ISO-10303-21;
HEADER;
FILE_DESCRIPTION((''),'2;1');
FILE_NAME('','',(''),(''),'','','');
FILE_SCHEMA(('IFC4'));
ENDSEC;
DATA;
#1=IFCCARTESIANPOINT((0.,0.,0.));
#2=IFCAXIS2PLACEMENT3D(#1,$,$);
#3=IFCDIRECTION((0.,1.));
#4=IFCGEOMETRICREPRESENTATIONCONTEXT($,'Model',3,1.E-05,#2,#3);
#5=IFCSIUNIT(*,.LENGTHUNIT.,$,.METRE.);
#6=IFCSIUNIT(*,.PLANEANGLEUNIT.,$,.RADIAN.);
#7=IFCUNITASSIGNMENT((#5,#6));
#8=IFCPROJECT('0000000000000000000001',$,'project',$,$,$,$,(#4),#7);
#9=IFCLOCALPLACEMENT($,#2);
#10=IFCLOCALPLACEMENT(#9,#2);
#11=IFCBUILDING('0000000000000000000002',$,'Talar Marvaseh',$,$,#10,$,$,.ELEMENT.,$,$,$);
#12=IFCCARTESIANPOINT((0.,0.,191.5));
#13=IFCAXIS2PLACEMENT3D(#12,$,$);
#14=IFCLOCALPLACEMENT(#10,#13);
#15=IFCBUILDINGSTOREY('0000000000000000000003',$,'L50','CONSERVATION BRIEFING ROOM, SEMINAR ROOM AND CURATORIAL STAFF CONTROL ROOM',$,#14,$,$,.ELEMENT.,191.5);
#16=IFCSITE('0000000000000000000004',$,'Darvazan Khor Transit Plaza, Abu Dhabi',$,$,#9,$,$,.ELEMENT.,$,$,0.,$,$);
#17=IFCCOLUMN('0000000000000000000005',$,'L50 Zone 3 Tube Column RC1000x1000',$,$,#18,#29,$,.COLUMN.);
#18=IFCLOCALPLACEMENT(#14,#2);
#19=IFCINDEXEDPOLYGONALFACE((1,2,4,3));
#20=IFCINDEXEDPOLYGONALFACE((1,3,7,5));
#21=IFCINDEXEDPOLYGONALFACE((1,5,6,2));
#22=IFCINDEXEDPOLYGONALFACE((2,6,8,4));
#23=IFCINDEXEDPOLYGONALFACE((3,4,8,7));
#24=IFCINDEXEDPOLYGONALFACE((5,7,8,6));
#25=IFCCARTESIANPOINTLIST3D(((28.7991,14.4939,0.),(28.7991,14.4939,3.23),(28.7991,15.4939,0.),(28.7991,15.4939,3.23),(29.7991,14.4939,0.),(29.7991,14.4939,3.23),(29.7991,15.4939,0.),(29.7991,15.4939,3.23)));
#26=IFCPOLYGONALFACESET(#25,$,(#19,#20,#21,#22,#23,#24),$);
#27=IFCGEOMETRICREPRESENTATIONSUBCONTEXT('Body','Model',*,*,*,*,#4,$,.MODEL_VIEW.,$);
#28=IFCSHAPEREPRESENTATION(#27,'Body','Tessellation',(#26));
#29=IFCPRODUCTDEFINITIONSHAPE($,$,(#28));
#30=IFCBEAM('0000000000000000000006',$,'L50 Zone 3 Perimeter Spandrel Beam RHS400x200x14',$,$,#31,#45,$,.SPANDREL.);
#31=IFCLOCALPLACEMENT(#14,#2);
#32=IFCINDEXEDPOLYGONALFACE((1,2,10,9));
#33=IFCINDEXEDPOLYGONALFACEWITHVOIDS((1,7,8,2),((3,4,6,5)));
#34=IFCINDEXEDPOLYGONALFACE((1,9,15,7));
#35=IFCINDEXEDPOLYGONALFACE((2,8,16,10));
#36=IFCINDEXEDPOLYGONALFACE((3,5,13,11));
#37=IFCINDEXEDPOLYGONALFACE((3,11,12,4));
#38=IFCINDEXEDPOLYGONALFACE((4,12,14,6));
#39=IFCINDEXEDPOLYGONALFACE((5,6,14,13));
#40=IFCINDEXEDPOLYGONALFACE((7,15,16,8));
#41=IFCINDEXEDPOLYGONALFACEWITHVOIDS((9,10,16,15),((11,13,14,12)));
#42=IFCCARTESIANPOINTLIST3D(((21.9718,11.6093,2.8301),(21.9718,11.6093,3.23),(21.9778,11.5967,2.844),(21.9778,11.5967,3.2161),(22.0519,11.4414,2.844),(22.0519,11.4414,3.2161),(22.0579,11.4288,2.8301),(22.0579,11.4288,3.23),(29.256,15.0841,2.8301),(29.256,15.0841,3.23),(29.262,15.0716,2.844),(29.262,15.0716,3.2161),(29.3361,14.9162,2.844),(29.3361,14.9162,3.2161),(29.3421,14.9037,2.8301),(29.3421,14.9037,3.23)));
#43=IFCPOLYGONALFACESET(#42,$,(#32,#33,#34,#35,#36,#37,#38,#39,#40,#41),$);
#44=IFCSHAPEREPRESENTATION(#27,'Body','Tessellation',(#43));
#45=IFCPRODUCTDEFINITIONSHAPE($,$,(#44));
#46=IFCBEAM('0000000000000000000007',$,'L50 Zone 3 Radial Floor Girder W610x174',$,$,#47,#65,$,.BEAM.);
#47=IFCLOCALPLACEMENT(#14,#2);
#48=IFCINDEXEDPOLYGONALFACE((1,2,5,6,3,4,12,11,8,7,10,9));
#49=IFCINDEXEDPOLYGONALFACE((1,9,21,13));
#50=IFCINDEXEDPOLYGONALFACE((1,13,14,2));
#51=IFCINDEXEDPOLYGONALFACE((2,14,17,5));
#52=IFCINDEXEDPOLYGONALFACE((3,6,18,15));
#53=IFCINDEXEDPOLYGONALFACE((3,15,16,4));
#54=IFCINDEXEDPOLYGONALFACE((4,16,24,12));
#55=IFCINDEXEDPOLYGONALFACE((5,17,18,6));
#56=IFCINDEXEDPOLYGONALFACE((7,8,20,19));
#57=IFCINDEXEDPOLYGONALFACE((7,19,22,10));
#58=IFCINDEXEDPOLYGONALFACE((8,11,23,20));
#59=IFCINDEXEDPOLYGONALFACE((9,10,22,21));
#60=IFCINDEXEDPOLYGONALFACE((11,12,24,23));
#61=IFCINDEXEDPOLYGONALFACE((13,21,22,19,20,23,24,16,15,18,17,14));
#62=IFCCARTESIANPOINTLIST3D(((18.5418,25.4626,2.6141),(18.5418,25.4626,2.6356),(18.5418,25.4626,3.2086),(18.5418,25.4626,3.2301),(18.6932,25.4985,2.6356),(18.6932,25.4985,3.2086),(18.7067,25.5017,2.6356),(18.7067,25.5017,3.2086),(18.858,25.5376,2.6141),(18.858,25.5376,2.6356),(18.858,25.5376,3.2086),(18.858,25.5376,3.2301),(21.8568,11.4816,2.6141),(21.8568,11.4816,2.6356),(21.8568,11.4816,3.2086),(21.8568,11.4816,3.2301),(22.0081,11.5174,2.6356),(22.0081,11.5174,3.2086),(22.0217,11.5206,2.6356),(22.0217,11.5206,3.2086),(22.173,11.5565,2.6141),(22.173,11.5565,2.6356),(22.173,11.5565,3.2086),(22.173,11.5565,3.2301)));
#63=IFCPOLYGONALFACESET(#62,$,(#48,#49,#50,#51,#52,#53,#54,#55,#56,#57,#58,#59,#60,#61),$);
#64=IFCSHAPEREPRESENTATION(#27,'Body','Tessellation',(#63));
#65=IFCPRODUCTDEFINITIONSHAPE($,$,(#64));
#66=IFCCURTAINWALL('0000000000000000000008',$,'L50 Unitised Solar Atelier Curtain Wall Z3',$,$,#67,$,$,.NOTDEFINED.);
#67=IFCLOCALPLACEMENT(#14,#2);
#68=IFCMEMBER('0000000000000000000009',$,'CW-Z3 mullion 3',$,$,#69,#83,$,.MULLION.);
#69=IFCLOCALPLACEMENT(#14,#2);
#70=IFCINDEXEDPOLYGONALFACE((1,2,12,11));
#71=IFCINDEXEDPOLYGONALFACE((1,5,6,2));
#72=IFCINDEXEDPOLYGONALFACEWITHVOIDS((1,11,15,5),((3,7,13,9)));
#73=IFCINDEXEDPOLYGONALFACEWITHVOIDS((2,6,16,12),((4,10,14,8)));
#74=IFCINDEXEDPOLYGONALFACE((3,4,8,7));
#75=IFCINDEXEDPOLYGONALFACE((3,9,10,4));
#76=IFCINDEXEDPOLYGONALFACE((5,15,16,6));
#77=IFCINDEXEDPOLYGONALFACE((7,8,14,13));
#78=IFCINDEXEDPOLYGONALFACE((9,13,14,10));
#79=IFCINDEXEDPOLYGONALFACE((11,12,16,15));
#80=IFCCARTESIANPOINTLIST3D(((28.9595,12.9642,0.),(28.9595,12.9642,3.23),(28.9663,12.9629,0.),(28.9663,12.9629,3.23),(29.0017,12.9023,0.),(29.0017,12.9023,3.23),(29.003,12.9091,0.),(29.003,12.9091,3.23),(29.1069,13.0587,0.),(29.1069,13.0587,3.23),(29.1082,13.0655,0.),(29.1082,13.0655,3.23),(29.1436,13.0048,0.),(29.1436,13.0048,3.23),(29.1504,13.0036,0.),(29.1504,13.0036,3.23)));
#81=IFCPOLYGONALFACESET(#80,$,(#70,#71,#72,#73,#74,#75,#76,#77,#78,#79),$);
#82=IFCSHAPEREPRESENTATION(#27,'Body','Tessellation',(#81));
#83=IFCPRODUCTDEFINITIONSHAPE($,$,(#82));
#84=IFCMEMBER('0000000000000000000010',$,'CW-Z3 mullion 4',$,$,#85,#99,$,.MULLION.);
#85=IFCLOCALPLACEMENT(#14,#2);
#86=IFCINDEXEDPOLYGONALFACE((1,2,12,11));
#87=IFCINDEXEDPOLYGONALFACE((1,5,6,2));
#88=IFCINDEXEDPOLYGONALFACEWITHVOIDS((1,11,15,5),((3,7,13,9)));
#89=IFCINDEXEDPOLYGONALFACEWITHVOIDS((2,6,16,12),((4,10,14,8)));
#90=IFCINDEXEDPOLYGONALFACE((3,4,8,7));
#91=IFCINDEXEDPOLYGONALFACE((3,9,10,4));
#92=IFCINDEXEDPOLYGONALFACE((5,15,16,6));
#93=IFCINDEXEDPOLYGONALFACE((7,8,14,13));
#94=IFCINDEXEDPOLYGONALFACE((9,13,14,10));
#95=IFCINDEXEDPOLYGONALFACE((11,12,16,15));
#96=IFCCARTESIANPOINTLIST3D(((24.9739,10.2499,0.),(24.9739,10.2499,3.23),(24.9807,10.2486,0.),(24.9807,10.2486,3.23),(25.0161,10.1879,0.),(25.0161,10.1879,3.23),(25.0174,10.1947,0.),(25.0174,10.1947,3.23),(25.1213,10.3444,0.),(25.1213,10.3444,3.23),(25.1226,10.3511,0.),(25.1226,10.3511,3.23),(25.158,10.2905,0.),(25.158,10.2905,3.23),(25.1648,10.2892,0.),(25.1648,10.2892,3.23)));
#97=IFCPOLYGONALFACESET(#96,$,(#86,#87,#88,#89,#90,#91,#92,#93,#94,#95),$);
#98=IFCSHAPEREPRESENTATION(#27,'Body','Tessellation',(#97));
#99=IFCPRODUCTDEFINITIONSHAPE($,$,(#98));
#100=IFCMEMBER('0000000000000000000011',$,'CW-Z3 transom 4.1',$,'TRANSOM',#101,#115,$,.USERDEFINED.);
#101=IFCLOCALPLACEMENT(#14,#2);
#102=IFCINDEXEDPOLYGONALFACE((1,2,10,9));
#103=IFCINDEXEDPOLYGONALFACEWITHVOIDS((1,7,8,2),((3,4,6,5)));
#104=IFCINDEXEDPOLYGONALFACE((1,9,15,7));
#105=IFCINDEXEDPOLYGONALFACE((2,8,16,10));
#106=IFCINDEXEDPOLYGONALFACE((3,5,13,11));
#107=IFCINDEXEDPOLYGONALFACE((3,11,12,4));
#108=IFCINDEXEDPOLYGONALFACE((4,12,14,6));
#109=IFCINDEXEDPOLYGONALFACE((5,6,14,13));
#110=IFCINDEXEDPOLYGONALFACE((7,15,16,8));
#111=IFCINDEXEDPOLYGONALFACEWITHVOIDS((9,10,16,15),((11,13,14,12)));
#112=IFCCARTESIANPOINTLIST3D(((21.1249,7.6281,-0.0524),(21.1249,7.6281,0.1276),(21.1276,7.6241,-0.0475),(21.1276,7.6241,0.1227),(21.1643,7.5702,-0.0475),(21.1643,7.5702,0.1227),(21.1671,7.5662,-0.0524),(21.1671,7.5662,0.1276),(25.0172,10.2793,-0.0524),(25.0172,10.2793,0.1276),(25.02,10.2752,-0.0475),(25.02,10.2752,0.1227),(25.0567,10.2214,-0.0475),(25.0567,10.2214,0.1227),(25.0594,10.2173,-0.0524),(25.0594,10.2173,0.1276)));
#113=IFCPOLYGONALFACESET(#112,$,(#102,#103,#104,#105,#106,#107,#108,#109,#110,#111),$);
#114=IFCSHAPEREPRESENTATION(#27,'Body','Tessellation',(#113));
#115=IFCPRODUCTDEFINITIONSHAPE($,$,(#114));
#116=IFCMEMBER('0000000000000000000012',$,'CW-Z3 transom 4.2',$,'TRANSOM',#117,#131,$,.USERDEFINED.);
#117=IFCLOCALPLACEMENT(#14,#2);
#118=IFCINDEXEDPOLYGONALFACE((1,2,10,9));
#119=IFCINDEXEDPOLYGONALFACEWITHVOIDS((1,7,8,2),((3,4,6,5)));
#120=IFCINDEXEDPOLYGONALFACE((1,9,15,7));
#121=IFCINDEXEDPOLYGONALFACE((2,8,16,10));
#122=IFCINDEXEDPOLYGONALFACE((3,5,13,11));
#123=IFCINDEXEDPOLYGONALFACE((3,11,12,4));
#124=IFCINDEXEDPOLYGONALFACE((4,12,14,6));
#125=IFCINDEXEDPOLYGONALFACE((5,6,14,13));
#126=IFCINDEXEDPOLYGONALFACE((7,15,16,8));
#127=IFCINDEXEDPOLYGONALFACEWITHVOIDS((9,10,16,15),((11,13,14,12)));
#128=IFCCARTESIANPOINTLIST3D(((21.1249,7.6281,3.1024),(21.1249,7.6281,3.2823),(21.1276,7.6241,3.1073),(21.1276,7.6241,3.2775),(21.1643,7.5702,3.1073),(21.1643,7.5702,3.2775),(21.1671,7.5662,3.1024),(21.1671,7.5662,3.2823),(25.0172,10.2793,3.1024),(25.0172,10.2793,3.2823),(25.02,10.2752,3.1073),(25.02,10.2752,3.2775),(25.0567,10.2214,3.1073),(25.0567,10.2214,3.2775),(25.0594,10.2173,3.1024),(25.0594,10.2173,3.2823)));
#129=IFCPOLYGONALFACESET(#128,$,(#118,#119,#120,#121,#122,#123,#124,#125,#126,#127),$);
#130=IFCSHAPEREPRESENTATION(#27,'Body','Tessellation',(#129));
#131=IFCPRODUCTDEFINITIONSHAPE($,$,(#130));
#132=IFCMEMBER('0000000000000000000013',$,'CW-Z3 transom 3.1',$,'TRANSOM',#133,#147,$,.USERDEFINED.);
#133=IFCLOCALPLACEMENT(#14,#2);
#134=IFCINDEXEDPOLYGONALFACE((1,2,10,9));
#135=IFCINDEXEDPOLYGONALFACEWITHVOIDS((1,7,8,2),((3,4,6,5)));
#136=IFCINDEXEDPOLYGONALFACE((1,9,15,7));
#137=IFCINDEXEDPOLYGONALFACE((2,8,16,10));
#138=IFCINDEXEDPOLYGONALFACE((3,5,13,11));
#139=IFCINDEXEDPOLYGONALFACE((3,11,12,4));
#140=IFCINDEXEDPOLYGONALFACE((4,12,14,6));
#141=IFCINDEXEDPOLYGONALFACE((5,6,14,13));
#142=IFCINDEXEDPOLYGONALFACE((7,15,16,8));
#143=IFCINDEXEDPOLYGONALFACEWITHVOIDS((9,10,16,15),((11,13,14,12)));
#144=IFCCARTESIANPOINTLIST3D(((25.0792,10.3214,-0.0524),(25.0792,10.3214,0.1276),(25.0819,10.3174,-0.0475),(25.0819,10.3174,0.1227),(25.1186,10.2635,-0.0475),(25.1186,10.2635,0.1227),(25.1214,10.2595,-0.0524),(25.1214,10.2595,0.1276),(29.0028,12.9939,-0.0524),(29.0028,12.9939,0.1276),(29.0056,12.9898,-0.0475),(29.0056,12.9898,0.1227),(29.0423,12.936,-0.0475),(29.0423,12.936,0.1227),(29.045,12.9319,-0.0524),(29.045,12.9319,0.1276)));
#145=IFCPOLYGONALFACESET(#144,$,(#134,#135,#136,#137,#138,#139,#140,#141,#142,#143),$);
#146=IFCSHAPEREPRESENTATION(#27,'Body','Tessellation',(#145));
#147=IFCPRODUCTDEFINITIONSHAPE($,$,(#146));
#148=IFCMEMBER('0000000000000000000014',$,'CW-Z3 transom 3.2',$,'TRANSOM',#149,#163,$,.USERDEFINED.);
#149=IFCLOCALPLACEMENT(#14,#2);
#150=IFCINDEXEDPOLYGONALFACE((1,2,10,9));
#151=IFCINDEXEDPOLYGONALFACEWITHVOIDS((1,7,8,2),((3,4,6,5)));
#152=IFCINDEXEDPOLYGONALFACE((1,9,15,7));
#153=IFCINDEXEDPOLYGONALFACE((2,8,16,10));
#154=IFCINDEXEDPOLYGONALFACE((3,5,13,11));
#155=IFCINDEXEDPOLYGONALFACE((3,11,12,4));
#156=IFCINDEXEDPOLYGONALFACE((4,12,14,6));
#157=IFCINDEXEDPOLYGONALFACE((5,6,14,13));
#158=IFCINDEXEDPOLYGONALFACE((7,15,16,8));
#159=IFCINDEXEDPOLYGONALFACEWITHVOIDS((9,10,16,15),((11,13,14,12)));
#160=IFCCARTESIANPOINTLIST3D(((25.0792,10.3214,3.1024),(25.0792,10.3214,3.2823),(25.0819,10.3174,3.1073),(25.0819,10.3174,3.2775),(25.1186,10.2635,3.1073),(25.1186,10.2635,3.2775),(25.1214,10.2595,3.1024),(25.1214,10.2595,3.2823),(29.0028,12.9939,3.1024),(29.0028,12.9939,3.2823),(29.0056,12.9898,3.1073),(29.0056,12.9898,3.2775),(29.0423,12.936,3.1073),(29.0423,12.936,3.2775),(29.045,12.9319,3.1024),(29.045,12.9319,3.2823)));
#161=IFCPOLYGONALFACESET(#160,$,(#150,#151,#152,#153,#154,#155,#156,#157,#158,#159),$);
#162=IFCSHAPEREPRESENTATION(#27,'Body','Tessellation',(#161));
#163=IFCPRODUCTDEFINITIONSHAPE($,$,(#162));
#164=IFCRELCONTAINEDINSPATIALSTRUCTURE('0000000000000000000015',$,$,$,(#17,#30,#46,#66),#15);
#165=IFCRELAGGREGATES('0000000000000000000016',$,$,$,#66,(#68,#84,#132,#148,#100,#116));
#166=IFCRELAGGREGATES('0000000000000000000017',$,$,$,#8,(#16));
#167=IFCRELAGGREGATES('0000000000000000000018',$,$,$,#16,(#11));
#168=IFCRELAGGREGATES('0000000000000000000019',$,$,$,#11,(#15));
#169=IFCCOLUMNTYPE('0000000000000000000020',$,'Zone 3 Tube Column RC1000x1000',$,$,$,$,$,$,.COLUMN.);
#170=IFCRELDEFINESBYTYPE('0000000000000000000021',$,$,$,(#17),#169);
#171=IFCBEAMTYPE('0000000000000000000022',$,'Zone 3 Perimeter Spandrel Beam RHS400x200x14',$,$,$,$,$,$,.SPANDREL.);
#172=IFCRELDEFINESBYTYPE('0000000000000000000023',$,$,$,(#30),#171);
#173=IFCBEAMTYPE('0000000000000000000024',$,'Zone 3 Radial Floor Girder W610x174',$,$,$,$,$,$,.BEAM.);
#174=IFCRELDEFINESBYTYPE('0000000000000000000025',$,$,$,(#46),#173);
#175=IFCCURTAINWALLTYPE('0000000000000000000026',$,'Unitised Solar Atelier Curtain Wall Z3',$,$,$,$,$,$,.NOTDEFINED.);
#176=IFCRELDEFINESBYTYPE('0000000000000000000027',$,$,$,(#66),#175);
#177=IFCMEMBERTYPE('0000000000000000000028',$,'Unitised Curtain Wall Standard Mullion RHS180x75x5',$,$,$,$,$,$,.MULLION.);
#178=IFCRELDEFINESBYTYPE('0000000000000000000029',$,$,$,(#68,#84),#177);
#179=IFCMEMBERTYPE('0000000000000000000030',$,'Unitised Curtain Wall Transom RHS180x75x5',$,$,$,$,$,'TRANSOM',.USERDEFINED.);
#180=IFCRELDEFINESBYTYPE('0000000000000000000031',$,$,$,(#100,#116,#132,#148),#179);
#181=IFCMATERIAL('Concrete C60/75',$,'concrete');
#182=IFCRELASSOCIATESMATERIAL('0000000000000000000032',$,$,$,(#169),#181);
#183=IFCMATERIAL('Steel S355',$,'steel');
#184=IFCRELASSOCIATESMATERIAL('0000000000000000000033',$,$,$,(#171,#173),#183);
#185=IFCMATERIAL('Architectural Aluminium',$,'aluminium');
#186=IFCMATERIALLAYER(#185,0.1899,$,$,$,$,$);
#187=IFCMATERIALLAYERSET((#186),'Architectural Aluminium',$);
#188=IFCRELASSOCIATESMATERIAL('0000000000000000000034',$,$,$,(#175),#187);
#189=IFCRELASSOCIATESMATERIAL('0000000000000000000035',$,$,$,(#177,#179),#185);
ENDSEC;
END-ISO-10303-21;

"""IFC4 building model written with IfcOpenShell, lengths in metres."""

from ifc_helpers import new_model, si_unit, direction, frame, origin, origin_2d, place, context, subcontext, project, spatial, rectangle, hollow_rectangle, i_section, extrude, source, transform, mapped, material, layer, layer_set, material_profile, profile_set, type_object, type_shapes, element, aggregate, save


model = new_model("IFC4")

# Units and contexts
model_context = context("Model", 3, precision=1e-05, world=origin(), true_north=direction((0.0, 1.0)))
body_context = subcontext(model_context, "Body", "Model", "MODEL_VIEW")
ifc_project = project(units=[si_unit("LENGTHUNIT", "METRE"), si_unit("PLANEANGLEUNIT", "RADIAN")], contexts=[model_context])

# Site, building, storey
site_placement = place(None, origin())
site = spatial("IfcSite", under=ifc_project, at=site_placement, Name="Darvazan Khor Transit Plaza, Abu Dhabi", CompositionType="ELEMENT", RefElevation=0.0)
building_placement = place(site_placement, origin())
building = spatial("IfcBuilding", under=site, at=building_placement, Name="Talar Marvaseh", CompositionType="ELEMENT")
storey_placement = place(building_placement, frame((0.0, 0.0, 191.5)))
storey = spatial("IfcBuildingStorey", under=building, at=storey_placement, Name="L50", Description="CONSERVATION BRIEFING ROOM, SEMINAR ROOM AND CURATORIAL STAFF CONTROL ROOM", CompositionType="ELEMENT", Elevation=191.5)

# Column
ifc_material_1 = material(Name="Concrete C60/75", Category="concrete")
ifc_material_profile_1 = material_profile(ifc_material_1, rectangle(XDim=1.0, YDim=1.0, at=origin_2d()), Name="RC1000x1000")
ifc_profile_set_1 = profile_set([ifc_material_profile_1], Name="Concrete C60/75")
column_type = type_object("IfcColumnType", Name="Zone 3 Tube Column RC1000x1000", PredefinedType="COLUMN", material=ifc_profile_set_1)
column_placement = place(storey_placement, frame((29.2991, 14.9939, 0.0), z_axis=(0.0, 0.0, 1.0), x_axis=(1.0, 0.0, 0.0)))
element("IfcColumn", 1, at=column_placement, inside=storey, type_object=column_type, Name="L50 Zone 3 Tube Column RC1000x1000", PredefinedType="COLUMN", context=body_context, shape_type="SweptSolid", body=[
    extrude(rectangle(XDim=1.0, YDim=1.0, at=origin_2d()), origin(), (0.0, 0.0, 1.0), 3.23),
])

# Beams
ifc_material_2 = material(Name="Steel S355", Category="steel")
ifc_material_profile_2 = material_profile(ifc_material_2, hollow_rectangle(XDim=0.2, YDim=0.3999, WallThickness=0.0139, at=origin_2d()), Name="RHS400x200x14")
ifc_profile_set_2 = profile_set([ifc_material_profile_2], Name="Steel S355")
beam_type_1 = type_object("IfcBeamType", Name="Zone 3 Perimeter Spandrel Beam RHS400x200x14", PredefinedType="SPANDREL", material=ifc_profile_set_2)
beam_1_placement = place(storey_placement, frame((29.2991, 14.9939, 3.03), z_axis=(-0.902562, -0.430559, 0.0), x_axis=(0.430559, -0.902562, 0.0)))
element("IfcBeam", 2, at=beam_1_placement, inside=storey, type_object=beam_type_1, Name="L50 Zone 3 Perimeter Spandrel Beam RHS400x200x14", PredefinedType="SPANDREL", context=body_context, shape_type="SweptSolid", body=[
    extrude(hollow_rectangle(XDim=0.2, YDim=0.3999, WallThickness=0.0139, at=origin_2d()), origin(), (0.0, 0.0, 1.0), 8.0706),
])
ifc_material_profile_3 = material_profile(ifc_material_2, i_section(OverallWidth=0.325, OverallDepth=0.616, WebThickness=0.0139, FlangeThickness=0.0215, at=origin_2d()), Name="W610x174")
ifc_profile_set_3 = profile_set([ifc_material_profile_3], Name="Steel S355")
beam_type_2 = type_object("IfcBeamType", Name="Zone 3 Radial Floor Girder W610x174", PredefinedType="BEAM", material=ifc_profile_set_3)
beam_2_placement = place(storey_placement, frame((22.0149, 11.519, 2.9221), z_axis=(-0.230708, 0.973023, 0.0), x_axis=(-0.973023, -0.230708, 0.0)))
element("IfcBeam", 3, at=beam_2_placement, inside=storey, type_object=beam_type_2, Name="L50 Zone 3 Radial Floor Girder W610x174", PredefinedType="BEAM", context=body_context, shape_type="SweptSolid", body=[
    extrude(i_section(OverallWidth=0.325, OverallDepth=0.616, WebThickness=0.0139, FlangeThickness=0.0215, at=origin_2d()), origin(), (0.0, 0.0, 1.0), 14.3687),
])

# Curtain wall, members
ifc_material_3 = material(Name="Architectural Aluminium", Category="aluminium")
ifc_layer_1 = layer(ifc_material_3, 0.1899)
ifc_layer_set_1 = layer_set([ifc_layer_1], Name="Architectural Aluminium")
curtain_wall_type = type_object("IfcCurtainWallType", Name="Unitised Solar Atelier Curtain Wall Z3", PredefinedType="NOTDEFINED", material=ifc_layer_set_1)
curtain_wall_placement = place(storey_placement, origin())
curtain_wall = element("IfcCurtainWall", 4, at=curtain_wall_placement, inside=storey, type_object=curtain_wall_type, Name="L50 Unitised Solar Atelier Curtain Wall Z3", PredefinedType="NOTDEFINED")
ifc_material_profile_4 = material_profile(ifc_material_3, hollow_rectangle(XDim=0.075, YDim=0.1799, WallThickness=0.0049, at=origin_2d()), Name="RHS180x75x5")
ifc_profile_set_4 = profile_set([ifc_material_profile_4], Name="Architectural Aluminium")
member_type_1 = type_object("IfcMemberType", Name="Unitised Curtain Wall Standard Mullion RHS180x75x5", PredefinedType="MULLION", material=ifc_profile_set_4)
shared_shape_1 = source(origin(), body_context, "Body", "SweptSolid", [
    extrude(hollow_rectangle(XDim=0.075, YDim=0.1799, WallThickness=0.0049, at=origin_2d()), origin(), (0.0, 0.0, 1.0), 3.23),
])
type_shapes(member_type_1, [shared_shape_1])
member_1_placement = place(storey_placement, frame((29.0549, 12.9839, 0.0), z_axis=(0.0, 0.0, 1.0), x_axis=(0.562932, -0.826503, 0.0)))
member_1 = element("IfcMember", 5, at=member_1_placement, type_object=member_type_1, Name="CW-Z3 mullion 3", PredefinedType="MULLION", context=body_context, shape_type="MappedRepresentation", body=[
    mapped(shared_shape_1, transform((0.0, 0.0, 0.0), x_axis=(1.0, 0.0, 0.0), y_axis=(0.0, 1.0, 0.0), z_axis=(0.0, 0.0, 1.0), scale=1.0)),
])
member_2_placement = place(storey_placement, frame((25.0693, 10.2695, 0.0), z_axis=(0.0, 0.0, 1.0), x_axis=(0.562932, -0.826503, 0.0)))
member_2 = element("IfcMember", 6, at=member_2_placement, type_object=member_type_1, Name="CW-Z3 mullion 4", PredefinedType="MULLION", context=body_context, shape_type="MappedRepresentation", body=[
    mapped(shared_shape_1, transform((0.0, 0.0, 0.0), x_axis=(1.0, 0.0, 0.0), y_axis=(0.0, 1.0, 0.0), z_axis=(0.0, 0.0, 1.0), scale=1.0)),
])
ifc_material_profile_5 = material_profile(ifc_material_3, hollow_rectangle(XDim=0.075, YDim=0.1799, WallThickness=0.0049, at=origin_2d()), Name="RHS180x75x5")
ifc_profile_set_5 = profile_set([ifc_material_profile_5], Name="Architectural Aluminium")
member_type_2 = type_object("IfcMemberType", Name="Unitised Curtain Wall Transom RHS180x75x5", ElementType="TRANSOM", PredefinedType="USERDEFINED", material=ifc_profile_set_5)
shared_shape_2 = source(origin(), body_context, "Body", "SweptSolid", [
    extrude(hollow_rectangle(XDim=0.075, YDim=0.1799, WallThickness=0.0049, at=origin_2d()), origin(), (0.0, 0.0, 1.0), 4.7095),
])
member_3_placement = place(storey_placement, frame((25.0383, 10.2483, 0.0376), z_axis=(-0.826498, -0.562939, 0.0), x_axis=(0.562939, -0.826498, 0.0)))
member_3 = element("IfcMember", 7, at=member_3_placement, type_object=member_type_2, Name="CW-Z3 transom 4.1", ObjectType="TRANSOM", PredefinedType="USERDEFINED", context=body_context, shape_type="MappedRepresentation", body=[
    mapped(shared_shape_2, transform((0.0, 0.0, 0.0), x_axis=(1.0, 0.0, 0.0), y_axis=(0.0, 1.0, 0.0), z_axis=(0.0, 0.0, 1.0), scale=1.0)),
])
member_4_placement = place(storey_placement, frame((25.0383, 10.2483, 3.1924), z_axis=(-0.826498, -0.562939, 0.0), x_axis=(0.562939, -0.826498, 0.0)))
member_4 = element("IfcMember", 8, at=member_4_placement, type_object=member_type_2, Name="CW-Z3 transom 4.2", ObjectType="TRANSOM", PredefinedType="USERDEFINED", context=body_context, shape_type="MappedRepresentation", body=[
    mapped(shared_shape_2, transform((0.0, 0.0, 0.0), x_axis=(1.0, 0.0, 0.0), y_axis=(0.0, 1.0, 0.0), z_axis=(0.0, 0.0, 1.0), scale=1.0)),
])
shared_shape_3 = source(origin(), body_context, "Body", "SweptSolid", [
    extrude(hollow_rectangle(XDim=0.075, YDim=0.1799, WallThickness=0.0049, at=origin_2d()), origin(), (0.0, 0.0, 1.0), 4.7473),
])
type_shapes(member_type_2, [shared_shape_2, shared_shape_3])
member_5_placement = place(storey_placement, frame((29.0239, 12.9629, 0.0376), z_axis=(-0.826503, -0.562933, 0.0), x_axis=(0.562933, -0.826503, 0.0)))
member_5 = element("IfcMember", 9, at=member_5_placement, type_object=member_type_2, Name="CW-Z3 transom 3.1", ObjectType="TRANSOM", PredefinedType="USERDEFINED", context=body_context, shape_type="MappedRepresentation", body=[
    mapped(shared_shape_3, transform((0.0, 0.0, 0.0), x_axis=(1.0, 0.0, 0.0), y_axis=(0.0, 1.0, 0.0), z_axis=(0.0, 0.0, 1.0), scale=1.0)),
])
member_6_placement = place(storey_placement, frame((29.0239, 12.9629, 3.1924), z_axis=(-0.826503, -0.562933, 0.0), x_axis=(0.562933, -0.826503, 0.0)))
member_6 = element("IfcMember", 10, at=member_6_placement, type_object=member_type_2, Name="CW-Z3 transom 3.2", ObjectType="TRANSOM", PredefinedType="USERDEFINED", context=body_context, shape_type="MappedRepresentation", body=[
    mapped(shared_shape_3, transform((0.0, 0.0, 0.0), x_axis=(1.0, 0.0, 0.0), y_axis=(0.0, 1.0, 0.0), z_axis=(0.0, 0.0, 1.0), scale=1.0)),
])
aggregate(curtain_wall, [member_1, member_2, member_5, member_6, member_3, member_4])

save(model, "model.ifc")
